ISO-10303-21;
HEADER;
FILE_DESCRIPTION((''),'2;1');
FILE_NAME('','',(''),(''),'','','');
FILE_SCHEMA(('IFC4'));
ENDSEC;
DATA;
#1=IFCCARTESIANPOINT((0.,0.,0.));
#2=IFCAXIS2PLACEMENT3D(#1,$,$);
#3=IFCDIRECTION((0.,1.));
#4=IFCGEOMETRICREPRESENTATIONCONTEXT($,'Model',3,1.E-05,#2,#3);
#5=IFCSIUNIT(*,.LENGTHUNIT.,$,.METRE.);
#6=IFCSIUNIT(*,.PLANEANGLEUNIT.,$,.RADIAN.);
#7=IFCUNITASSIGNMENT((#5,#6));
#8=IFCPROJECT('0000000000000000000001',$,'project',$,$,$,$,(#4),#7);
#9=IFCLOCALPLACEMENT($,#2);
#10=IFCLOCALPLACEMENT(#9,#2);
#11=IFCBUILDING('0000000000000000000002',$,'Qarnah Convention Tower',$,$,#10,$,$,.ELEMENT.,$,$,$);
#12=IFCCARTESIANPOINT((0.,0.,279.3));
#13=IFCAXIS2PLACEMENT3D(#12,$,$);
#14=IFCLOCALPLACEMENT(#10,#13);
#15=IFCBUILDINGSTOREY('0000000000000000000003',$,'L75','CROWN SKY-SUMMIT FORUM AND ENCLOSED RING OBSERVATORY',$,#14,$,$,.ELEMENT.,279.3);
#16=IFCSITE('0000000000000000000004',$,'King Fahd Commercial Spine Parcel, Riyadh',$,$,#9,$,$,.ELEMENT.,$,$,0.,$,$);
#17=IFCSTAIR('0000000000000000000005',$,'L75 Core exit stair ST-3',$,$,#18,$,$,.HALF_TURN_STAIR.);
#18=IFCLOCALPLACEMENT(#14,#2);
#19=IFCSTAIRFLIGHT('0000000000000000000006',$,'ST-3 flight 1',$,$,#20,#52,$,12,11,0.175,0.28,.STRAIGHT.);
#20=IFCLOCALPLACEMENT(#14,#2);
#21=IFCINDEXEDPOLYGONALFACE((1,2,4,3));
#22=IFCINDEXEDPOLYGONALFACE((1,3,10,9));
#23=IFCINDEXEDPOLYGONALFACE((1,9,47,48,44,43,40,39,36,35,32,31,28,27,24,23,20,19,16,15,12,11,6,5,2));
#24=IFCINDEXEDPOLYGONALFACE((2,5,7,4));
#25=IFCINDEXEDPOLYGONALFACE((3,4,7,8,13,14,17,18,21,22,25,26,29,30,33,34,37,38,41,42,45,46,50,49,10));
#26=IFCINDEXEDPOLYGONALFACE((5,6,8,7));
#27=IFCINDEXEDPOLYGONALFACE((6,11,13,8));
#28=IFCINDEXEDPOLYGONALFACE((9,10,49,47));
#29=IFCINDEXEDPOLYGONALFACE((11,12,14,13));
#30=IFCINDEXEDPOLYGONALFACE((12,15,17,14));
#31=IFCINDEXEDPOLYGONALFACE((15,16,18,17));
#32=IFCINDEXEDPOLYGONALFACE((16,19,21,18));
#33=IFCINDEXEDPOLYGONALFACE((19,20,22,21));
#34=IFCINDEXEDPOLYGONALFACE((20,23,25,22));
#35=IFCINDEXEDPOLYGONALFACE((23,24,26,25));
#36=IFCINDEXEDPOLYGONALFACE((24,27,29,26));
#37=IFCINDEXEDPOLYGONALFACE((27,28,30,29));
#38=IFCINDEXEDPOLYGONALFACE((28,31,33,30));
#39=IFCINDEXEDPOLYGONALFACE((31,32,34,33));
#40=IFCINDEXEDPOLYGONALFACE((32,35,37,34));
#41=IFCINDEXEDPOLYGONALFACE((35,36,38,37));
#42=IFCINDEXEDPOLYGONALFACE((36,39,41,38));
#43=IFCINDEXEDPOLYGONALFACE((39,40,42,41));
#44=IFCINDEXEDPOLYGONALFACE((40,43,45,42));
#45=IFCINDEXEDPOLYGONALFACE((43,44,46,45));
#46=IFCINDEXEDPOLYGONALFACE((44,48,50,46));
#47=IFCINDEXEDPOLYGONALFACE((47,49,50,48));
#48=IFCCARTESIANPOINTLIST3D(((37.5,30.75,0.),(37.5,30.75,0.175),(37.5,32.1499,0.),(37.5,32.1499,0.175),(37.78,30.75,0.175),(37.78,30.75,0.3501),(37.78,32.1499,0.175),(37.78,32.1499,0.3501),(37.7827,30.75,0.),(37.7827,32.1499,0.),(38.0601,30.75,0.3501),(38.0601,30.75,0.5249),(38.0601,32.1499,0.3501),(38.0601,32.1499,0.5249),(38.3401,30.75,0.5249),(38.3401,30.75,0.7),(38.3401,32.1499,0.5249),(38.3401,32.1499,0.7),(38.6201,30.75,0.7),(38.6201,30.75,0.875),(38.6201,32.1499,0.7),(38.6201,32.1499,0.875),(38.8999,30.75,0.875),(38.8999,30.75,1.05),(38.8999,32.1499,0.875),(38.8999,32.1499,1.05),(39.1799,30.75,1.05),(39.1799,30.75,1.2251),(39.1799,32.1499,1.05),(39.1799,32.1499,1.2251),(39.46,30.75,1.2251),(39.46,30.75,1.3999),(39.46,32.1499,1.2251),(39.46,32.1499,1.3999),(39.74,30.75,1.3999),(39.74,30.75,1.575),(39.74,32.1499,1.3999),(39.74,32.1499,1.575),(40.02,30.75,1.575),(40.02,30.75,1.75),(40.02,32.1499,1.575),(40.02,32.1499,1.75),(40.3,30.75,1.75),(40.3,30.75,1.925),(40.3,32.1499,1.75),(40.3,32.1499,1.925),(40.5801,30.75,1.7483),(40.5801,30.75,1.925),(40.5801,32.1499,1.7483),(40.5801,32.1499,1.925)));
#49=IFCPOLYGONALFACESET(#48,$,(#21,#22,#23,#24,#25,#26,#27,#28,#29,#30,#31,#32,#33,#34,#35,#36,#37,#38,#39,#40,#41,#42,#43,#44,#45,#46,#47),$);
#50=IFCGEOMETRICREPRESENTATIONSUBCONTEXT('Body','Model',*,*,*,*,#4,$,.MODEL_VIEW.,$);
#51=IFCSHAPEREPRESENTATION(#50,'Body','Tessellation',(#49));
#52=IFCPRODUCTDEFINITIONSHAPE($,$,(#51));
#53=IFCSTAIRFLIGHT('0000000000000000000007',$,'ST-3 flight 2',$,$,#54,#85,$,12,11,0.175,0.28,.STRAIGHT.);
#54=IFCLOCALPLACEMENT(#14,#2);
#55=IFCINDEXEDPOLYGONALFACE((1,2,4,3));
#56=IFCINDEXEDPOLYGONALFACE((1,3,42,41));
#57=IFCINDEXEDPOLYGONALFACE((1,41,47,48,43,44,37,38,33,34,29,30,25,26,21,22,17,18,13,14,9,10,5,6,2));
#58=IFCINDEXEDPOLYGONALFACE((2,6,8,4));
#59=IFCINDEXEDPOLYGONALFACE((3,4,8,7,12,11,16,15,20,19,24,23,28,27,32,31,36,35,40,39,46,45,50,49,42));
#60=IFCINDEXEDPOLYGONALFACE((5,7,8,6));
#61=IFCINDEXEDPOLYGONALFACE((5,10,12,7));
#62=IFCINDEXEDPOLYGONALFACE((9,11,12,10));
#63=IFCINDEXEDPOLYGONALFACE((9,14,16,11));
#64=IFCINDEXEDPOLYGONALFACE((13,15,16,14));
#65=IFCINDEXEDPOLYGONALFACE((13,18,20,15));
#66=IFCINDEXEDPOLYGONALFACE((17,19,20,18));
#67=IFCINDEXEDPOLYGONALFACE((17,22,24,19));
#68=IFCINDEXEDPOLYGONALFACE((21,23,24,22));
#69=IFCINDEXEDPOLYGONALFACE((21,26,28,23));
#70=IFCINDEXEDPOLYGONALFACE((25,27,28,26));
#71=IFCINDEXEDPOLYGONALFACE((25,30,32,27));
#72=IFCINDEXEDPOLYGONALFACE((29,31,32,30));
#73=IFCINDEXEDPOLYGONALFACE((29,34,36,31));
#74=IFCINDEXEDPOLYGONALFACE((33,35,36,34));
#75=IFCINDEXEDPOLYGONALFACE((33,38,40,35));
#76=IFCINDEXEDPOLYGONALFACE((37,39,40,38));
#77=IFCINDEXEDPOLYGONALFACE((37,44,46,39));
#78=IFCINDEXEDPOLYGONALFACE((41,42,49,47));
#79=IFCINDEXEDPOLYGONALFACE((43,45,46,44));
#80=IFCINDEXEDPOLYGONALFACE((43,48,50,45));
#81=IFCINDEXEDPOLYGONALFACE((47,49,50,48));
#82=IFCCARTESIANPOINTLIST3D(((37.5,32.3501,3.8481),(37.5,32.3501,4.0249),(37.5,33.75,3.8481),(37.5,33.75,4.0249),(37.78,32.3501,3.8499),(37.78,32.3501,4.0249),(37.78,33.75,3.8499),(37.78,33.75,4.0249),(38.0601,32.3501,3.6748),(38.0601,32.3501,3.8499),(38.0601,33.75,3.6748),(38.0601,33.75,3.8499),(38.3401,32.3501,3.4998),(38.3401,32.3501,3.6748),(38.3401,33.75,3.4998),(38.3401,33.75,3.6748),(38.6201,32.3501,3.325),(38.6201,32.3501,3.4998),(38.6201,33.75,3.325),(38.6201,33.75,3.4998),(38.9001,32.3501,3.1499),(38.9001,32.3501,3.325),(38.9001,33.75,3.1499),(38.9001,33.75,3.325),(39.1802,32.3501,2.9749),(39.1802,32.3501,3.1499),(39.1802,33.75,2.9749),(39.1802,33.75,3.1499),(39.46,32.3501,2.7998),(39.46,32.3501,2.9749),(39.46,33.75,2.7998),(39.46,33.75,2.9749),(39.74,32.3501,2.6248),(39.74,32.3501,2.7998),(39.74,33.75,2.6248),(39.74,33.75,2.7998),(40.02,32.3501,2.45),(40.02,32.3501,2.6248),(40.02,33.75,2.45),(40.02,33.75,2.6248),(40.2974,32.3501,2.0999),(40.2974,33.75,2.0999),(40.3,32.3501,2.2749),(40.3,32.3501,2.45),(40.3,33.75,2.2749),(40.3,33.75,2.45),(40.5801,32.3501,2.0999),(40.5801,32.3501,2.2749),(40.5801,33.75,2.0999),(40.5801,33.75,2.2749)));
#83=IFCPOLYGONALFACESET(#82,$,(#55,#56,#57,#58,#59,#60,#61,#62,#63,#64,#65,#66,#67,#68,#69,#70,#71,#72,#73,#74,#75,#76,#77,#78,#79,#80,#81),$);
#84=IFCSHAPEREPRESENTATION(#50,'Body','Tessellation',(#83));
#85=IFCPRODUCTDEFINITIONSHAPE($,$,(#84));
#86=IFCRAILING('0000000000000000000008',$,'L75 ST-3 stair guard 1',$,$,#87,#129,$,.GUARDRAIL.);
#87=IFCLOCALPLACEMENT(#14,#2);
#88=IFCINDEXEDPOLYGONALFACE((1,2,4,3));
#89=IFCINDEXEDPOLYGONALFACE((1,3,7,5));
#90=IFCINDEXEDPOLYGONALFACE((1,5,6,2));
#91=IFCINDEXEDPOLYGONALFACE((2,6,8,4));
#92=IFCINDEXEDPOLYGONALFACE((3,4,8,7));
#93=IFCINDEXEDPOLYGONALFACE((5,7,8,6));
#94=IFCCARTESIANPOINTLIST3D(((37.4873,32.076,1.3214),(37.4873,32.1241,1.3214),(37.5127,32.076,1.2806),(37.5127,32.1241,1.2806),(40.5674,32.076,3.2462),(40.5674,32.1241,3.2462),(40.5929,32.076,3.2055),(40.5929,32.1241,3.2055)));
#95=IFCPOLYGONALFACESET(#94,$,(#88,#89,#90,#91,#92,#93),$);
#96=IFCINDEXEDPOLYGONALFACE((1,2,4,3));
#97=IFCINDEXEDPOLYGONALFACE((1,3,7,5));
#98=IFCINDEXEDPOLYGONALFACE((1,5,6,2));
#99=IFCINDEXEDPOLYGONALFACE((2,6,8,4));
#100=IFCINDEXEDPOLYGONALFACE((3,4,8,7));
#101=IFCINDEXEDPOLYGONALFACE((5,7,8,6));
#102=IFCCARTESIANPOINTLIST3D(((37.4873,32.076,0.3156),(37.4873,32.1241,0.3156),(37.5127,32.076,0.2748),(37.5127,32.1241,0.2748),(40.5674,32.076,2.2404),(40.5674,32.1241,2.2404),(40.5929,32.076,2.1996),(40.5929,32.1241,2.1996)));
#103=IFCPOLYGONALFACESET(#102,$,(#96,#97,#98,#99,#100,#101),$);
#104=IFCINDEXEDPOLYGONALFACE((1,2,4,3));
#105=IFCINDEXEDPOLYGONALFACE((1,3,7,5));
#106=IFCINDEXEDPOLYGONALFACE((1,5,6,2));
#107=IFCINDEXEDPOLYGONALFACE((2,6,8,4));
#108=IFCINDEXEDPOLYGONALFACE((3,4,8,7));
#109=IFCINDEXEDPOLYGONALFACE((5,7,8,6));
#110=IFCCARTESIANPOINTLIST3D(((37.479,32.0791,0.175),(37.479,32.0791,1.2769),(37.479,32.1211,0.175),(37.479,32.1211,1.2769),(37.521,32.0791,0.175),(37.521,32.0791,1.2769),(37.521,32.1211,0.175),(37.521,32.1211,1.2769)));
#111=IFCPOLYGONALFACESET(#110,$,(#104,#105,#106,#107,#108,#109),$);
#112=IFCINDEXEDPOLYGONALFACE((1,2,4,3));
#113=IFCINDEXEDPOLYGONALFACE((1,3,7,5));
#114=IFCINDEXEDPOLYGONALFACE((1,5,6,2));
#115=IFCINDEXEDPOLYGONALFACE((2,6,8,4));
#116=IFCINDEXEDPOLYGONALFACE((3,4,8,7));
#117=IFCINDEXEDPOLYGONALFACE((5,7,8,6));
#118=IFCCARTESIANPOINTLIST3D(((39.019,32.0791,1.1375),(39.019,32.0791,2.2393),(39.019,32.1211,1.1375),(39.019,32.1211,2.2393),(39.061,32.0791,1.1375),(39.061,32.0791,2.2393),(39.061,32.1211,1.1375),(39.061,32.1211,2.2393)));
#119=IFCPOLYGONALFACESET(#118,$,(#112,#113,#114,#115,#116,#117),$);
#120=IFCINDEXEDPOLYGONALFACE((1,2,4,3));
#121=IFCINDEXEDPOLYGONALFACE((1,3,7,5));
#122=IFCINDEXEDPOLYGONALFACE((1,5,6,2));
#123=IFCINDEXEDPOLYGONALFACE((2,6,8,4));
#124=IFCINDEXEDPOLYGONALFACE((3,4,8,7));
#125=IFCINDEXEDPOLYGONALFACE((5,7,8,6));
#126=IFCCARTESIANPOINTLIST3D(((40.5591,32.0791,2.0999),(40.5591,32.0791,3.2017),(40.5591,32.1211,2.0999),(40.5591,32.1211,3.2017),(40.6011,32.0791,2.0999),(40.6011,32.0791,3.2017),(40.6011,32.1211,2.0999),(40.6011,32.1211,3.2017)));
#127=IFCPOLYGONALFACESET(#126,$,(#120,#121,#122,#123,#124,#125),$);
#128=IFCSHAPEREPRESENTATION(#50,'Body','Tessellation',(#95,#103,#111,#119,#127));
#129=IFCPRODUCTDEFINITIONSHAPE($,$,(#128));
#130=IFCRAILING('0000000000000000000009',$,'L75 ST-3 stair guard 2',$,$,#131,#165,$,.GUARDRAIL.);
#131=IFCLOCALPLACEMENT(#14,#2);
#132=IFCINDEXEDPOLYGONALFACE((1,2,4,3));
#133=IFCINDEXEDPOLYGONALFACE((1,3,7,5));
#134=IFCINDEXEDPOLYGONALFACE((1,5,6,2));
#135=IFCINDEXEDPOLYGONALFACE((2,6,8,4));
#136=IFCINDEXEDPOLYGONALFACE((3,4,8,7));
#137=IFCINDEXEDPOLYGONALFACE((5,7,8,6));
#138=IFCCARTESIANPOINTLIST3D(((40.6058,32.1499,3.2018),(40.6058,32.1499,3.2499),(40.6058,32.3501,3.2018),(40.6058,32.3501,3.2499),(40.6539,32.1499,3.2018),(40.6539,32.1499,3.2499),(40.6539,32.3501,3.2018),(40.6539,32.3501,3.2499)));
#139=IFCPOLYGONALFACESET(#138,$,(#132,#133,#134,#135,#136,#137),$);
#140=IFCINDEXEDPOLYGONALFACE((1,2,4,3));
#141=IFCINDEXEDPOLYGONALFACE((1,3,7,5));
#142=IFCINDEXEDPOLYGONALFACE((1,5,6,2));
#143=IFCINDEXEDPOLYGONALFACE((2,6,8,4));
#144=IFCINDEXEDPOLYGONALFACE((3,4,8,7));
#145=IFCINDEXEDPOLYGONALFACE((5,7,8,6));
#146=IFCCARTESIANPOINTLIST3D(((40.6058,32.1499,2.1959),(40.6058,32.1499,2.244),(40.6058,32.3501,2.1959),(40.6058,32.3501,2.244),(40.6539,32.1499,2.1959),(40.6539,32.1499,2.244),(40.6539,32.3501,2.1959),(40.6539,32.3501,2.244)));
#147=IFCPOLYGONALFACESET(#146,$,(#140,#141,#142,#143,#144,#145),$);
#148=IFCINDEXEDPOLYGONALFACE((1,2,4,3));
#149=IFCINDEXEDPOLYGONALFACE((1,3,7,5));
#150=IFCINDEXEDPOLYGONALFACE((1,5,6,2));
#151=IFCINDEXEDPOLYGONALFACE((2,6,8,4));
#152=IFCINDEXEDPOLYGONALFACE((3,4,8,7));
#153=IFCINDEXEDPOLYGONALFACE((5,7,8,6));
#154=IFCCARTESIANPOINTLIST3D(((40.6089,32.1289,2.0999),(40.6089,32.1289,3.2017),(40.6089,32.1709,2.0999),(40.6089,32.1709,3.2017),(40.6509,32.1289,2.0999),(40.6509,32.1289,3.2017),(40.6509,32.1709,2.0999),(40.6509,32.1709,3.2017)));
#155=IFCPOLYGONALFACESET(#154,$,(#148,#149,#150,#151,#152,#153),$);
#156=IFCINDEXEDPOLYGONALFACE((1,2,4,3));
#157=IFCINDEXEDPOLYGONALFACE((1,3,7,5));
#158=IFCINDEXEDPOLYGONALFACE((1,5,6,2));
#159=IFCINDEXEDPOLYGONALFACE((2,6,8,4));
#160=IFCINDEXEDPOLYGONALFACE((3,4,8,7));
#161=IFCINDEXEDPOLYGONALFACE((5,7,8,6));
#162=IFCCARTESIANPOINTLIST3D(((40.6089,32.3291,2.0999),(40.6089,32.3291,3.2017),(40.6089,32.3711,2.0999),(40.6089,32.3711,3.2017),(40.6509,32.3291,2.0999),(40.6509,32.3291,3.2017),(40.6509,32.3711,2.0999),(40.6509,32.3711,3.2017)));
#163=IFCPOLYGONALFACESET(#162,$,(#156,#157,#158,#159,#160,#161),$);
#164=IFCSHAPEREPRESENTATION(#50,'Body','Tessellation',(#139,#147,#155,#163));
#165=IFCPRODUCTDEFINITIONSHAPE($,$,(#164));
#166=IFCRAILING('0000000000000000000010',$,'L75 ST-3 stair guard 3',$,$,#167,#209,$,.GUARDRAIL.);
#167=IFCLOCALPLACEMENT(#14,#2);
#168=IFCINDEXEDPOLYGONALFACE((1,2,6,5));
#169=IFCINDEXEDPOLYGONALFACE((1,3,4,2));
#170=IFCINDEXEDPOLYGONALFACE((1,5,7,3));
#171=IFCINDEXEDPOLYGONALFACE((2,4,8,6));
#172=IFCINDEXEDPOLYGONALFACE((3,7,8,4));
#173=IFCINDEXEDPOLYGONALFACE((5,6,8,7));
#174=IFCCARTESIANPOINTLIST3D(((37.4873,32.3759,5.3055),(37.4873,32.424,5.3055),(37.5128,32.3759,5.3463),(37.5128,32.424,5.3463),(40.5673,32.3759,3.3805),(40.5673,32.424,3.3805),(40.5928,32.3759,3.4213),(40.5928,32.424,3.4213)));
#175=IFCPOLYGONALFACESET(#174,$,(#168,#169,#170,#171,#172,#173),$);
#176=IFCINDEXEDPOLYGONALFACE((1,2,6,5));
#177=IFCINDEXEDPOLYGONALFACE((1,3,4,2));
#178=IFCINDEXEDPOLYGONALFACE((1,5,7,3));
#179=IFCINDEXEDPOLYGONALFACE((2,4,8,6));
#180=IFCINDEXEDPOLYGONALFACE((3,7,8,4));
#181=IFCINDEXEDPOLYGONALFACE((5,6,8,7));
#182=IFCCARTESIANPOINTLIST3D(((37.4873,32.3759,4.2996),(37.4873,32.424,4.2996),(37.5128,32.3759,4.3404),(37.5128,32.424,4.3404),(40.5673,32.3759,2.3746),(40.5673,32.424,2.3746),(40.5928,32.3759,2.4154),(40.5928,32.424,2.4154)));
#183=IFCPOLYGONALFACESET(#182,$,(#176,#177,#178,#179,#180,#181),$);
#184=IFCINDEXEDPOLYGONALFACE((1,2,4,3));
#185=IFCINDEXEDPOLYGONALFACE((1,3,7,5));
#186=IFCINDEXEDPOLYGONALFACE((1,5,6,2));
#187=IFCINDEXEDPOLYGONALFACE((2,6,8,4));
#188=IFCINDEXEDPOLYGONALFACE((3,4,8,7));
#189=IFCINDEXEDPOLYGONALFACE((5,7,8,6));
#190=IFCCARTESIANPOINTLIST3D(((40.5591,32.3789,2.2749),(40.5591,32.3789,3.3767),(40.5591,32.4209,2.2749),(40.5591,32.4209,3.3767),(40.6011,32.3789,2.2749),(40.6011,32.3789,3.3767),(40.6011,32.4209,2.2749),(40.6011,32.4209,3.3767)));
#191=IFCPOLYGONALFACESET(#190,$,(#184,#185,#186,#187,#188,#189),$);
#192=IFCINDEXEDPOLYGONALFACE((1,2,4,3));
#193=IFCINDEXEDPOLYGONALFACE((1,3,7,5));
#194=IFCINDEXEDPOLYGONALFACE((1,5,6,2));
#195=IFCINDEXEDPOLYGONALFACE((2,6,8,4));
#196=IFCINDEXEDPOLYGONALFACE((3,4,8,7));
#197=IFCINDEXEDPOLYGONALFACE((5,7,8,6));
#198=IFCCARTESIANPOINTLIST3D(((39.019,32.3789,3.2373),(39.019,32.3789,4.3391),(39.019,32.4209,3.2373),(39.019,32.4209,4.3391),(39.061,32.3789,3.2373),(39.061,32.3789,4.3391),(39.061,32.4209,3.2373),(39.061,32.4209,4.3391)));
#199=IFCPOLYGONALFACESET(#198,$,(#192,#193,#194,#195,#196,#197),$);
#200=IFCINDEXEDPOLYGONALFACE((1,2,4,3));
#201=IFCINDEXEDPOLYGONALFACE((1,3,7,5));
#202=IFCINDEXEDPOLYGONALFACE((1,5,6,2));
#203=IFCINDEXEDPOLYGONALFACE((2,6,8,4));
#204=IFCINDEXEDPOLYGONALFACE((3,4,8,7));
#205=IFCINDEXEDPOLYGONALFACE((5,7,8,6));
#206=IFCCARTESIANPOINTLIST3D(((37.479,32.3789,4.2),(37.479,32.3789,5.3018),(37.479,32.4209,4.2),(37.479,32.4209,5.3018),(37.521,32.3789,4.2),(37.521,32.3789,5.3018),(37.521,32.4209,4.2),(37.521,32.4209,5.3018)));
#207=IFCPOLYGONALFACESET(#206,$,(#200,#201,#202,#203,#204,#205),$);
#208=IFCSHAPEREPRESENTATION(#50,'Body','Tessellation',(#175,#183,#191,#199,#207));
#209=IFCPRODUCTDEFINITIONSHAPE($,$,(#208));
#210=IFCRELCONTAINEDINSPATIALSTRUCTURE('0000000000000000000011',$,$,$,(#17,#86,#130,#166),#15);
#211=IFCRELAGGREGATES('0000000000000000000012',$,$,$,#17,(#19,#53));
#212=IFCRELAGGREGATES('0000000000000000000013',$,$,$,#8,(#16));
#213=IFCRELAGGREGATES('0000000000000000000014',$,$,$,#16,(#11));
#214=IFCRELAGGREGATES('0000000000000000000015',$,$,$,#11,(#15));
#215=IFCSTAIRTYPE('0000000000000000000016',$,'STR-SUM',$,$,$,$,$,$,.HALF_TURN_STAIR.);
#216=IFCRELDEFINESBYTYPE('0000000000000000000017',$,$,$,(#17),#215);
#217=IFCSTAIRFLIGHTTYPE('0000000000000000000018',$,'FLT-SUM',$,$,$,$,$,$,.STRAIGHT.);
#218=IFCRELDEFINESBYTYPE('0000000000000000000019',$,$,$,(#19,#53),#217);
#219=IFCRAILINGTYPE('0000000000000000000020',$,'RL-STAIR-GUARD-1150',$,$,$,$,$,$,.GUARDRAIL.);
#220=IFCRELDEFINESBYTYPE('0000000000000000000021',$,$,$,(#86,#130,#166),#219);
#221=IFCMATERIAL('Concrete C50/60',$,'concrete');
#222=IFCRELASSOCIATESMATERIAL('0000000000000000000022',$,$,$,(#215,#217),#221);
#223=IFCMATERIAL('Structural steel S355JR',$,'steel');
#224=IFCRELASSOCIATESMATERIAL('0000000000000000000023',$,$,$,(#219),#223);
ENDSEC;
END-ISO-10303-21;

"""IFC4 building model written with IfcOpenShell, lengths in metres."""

from ifc_helpers import new_model, si_unit, direction, frame, origin, origin_2d, place, context, subcontext, project, spatial, polyline, rectangle, outline, extrude, material, type_object, element, aggregate, save


model = new_model("IFC4")

# Units and contexts
model_context = context("Model", 3, precision=1e-05, world=origin(), true_north=direction((0.0, 1.0)))
body_context = subcontext(model_context, "Body", "Model", "MODEL_VIEW")
ifc_project = project(units=[si_unit("LENGTHUNIT", "METRE"), si_unit("PLANEANGLEUNIT", "RADIAN")], contexts=[model_context])

# Site, building, storey
site_placement = place(None, origin())
site = spatial("IfcSite", under=ifc_project, at=site_placement, Name="King Fahd Commercial Spine Parcel, Riyadh", CompositionType="ELEMENT", RefElevation=0.0)
building_placement = place(site_placement, origin())
building = spatial("IfcBuilding", under=site, at=building_placement, Name="Qarnah Convention Tower", CompositionType="ELEMENT")
storey_placement = place(building_placement, frame((0.0, 0.0, 279.3)))
storey = spatial("IfcBuildingStorey", under=building, at=storey_placement, Name="L75", Description="CROWN SKY-SUMMIT FORUM AND ENCLOSED RING OBSERVATORY", CompositionType="ELEMENT", Elevation=279.3)

# Shared definitions
ifc_material_1 = material(Name="Concrete C50/60", Category="concrete")

# Shared definitions
ifc_material_2 = material(Name="Structural steel S355JR", Category="steel")

# Stair, stair flights
stair_type = type_object("IfcStairType", Name="STR-SUM", PredefinedType="HALF_TURN_STAIR", material=ifc_material_1)
stair_placement = place(storey_placement, origin())
stair = element("IfcStair", 1, at=stair_placement, inside=storey, type_object=stair_type, Name="L75 Core exit stair ST-3", PredefinedType="HALF_TURN_STAIR")
stair_flight_type = type_object("IfcStairFlightType", Name="FLT-SUM", PredefinedType="STRAIGHT", material=ifc_material_1)
stair_flight_1_placement = place(storey_placement, frame((37.5, 31.45, 0.0), z_axis=(0.0, 0.0, 1.0), x_axis=(1.0, 0.0, 0.0)))
stair_flight_1 = element("IfcStairFlight", 2, at=stair_flight_1_placement, type_object=stair_flight_type, Name="ST-3 flight 1", NumberOfRisers=12, NumberOfTreads=11, PredefinedType="STRAIGHT", RiserHeight=0.175, TreadLength=0.28, context=body_context, shape_type="SweptSolid", body=[
    extrude(outline(polyline([(0.0, 0.0), (0.0, 0.175), (0.28, 0.175), (0.28, 0.3501), (0.5601, 0.3501), (0.5601, 0.5249), (0.8401, 0.5249), (0.8401, 0.7), (1.1201, 0.7), (1.1201, 0.875), (1.3999, 0.875), (1.3999, 1.05), (1.6799, 1.05), (1.6799, 1.2251), (1.96, 1.2251), (1.96, 1.3999), (2.24, 1.3999), (2.24, 1.575), (2.52, 1.575), (2.52, 1.75), (2.8, 1.75), (2.8, 1.925), (3.0801, 1.925), (3.0801, 2.1001), (3.0801, 1.7483), (0.2827, 0.0), (0.0, 0.0)])), frame((0.0, 0.7, 0.0), z_axis=(0.0, -1.0, 0.0), x_axis=(1.0, 0.0, 0.0)), (0.0, 0.0, 1.0), 1.3999),
])
stair_flight_2_placement = place(storey_placement, frame((40.5801, 33.05, 2.0999), z_axis=(0.0, 0.0, 1.0), x_axis=(-1.0, 0.0, 0.0)))
stair_flight_2 = element("IfcStairFlight", 3, at=stair_flight_2_placement, type_object=stair_flight_type, Name="ST-3 flight 2", NumberOfRisers=12, NumberOfTreads=11, PredefinedType="STRAIGHT", RiserHeight=0.175, TreadLength=0.28, context=body_context, shape_type="SweptSolid", body=[
    extrude(outline(polyline([(0.0, 0.0), (0.0, 0.175), (0.28, 0.175), (0.28, 0.3501), (0.5601, 0.3501), (0.5601, 0.5249), (0.8401, 0.5249), (0.8401, 0.7), (1.1201, 0.7), (1.1201, 0.875), (1.3999, 0.875), (1.3999, 1.05), (1.6799, 1.05), (1.6799, 1.2251), (1.96, 1.2251), (1.96, 1.3999), (2.24, 1.3999), (2.24, 1.575), (2.52, 1.575), (2.52, 1.75), (2.8, 1.75), (2.8, 1.925), (3.0801, 1.925), (3.0801, 2.1001), (3.0801, 1.7483), (0.2827, 0.0), (0.0, 0.0)])), frame((0.0, 0.7, 0.0), z_axis=(0.0, -1.0, 0.0), x_axis=(1.0, 0.0, 0.0)), (0.0, 0.0, 1.0), 1.3999),
])
aggregate(stair, [stair_flight_1, stair_flight_2])

# Railings
railing_type_1 = type_object("IfcRailingType", Name="RL-STAIR-GUARD-1150", PredefinedType="GUARDRAIL", material=ifc_material_2)
railing_1_placement = place(storey_placement, frame((37.5, 32.1001, 0.175)))
element("IfcRailing", 4, at=railing_1_placement, inside=storey, type_object=railing_type_1, Name="L75 ST-3 stair guard 1", PredefinedType="GUARDRAIL", context=body_context, shape_type="SweptSolid", body=[
    extrude(rectangle(XDim=0.0481, YDim=0.0481, at=origin_2d()), frame((0.0, 0.0, 1.126), z_axis=(0.848029, 0.0, 0.529951), x_axis=(0.0, 1.0, 0.0)), (0.0, 0.0, 1.0), 3.6321),
    extrude(rectangle(XDim=0.0481, YDim=0.0481, at=origin_2d()), frame((0.0, 0.0, 0.1201), z_axis=(0.848029, 0.0, 0.529951), x_axis=(0.0, 1.0, 0.0)), (0.0, 0.0, 1.0), 3.6321),
    extrude(rectangle(XDim=0.042, YDim=0.042, at=origin_2d()), origin(), (0.0, 0.0, 1.0), 1.1018),
    extrude(rectangle(XDim=0.042, YDim=0.042, at=origin_2d()), frame((1.54, 0.0, 0.9624)), (0.0, 0.0, 1.0), 1.1018),
    extrude(rectangle(XDim=0.042, YDim=0.042, at=origin_2d()), frame((3.0801, 0.0, 1.9248)), (0.0, 0.0, 1.0), 1.1018),
])
railing_2_placement = place(storey_placement, frame((40.6299, 32.1499, 2.0999)))
element("IfcRailing", 5, at=railing_2_placement, inside=storey, type_object=railing_type_1, Name="L75 ST-3 stair guard 2", PredefinedType="GUARDRAIL", context=body_context, shape_type="SweptSolid", body=[
    extrude(rectangle(XDim=0.0481, YDim=0.0481, at=origin_2d()), frame((0.0, 0.0, 1.126), z_axis=(0.0, 1.0, 0.0), x_axis=(-1.0, 0.0, 0.0)), (0.0, 0.0, 1.0), 0.2002),
    extrude(rectangle(XDim=0.0481, YDim=0.0481, at=origin_2d()), frame((0.0, 0.0, 0.1201), z_axis=(0.0, 1.0, 0.0), x_axis=(-1.0, 0.0, 0.0)), (0.0, 0.0, 1.0), 0.2002),
    extrude(rectangle(XDim=0.042, YDim=0.042, at=origin_2d()), origin(), (0.0, 0.0, 1.0), 1.1018),
    extrude(rectangle(XDim=0.042, YDim=0.042, at=origin_2d()), frame((0.0, 0.2002, 0.0)), (0.0, 0.0, 1.0), 1.1018),
])
railing_3_placement = place(storey_placement, frame((40.5801, 32.3999, 2.2749)))
element("IfcRailing", 6, at=railing_3_placement, inside=storey, type_object=railing_type_1, Name="L75 ST-3 stair guard 3", PredefinedType="GUARDRAIL", context=body_context, shape_type="SweptSolid", body=[
    extrude(rectangle(XDim=0.0481, YDim=0.0481, at=origin_2d()), frame((0.0, 0.0, 1.126), z_axis=(-0.847998, 0.0, 0.529999), x_axis=(0.0, -1.0, 0.0)), (0.0, 0.0, 1.0), 3.6321),
    extrude(rectangle(XDim=0.0481, YDim=0.0481, at=origin_2d()), frame((0.0, 0.0, 0.1201), z_axis=(-0.847998, 0.0, 0.529999), x_axis=(0.0, -1.0, 0.0)), (0.0, 0.0, 1.0), 3.6321),
    extrude(rectangle(XDim=0.042, YDim=0.042, at=origin_2d()), origin(), (0.0, 0.0, 1.0), 1.1018),
    extrude(rectangle(XDim=0.042, YDim=0.042, at=origin_2d()), frame((-1.54, 0.0, 0.9624)), (0.0, 0.0, 1.0), 1.1018),
    extrude(rectangle(XDim=0.042, YDim=0.042, at=origin_2d()), frame((-3.0801, 0.0, 1.925)), (0.0, 0.0, 1.0), 1.1018),
])

save(model, "model.ifc")
